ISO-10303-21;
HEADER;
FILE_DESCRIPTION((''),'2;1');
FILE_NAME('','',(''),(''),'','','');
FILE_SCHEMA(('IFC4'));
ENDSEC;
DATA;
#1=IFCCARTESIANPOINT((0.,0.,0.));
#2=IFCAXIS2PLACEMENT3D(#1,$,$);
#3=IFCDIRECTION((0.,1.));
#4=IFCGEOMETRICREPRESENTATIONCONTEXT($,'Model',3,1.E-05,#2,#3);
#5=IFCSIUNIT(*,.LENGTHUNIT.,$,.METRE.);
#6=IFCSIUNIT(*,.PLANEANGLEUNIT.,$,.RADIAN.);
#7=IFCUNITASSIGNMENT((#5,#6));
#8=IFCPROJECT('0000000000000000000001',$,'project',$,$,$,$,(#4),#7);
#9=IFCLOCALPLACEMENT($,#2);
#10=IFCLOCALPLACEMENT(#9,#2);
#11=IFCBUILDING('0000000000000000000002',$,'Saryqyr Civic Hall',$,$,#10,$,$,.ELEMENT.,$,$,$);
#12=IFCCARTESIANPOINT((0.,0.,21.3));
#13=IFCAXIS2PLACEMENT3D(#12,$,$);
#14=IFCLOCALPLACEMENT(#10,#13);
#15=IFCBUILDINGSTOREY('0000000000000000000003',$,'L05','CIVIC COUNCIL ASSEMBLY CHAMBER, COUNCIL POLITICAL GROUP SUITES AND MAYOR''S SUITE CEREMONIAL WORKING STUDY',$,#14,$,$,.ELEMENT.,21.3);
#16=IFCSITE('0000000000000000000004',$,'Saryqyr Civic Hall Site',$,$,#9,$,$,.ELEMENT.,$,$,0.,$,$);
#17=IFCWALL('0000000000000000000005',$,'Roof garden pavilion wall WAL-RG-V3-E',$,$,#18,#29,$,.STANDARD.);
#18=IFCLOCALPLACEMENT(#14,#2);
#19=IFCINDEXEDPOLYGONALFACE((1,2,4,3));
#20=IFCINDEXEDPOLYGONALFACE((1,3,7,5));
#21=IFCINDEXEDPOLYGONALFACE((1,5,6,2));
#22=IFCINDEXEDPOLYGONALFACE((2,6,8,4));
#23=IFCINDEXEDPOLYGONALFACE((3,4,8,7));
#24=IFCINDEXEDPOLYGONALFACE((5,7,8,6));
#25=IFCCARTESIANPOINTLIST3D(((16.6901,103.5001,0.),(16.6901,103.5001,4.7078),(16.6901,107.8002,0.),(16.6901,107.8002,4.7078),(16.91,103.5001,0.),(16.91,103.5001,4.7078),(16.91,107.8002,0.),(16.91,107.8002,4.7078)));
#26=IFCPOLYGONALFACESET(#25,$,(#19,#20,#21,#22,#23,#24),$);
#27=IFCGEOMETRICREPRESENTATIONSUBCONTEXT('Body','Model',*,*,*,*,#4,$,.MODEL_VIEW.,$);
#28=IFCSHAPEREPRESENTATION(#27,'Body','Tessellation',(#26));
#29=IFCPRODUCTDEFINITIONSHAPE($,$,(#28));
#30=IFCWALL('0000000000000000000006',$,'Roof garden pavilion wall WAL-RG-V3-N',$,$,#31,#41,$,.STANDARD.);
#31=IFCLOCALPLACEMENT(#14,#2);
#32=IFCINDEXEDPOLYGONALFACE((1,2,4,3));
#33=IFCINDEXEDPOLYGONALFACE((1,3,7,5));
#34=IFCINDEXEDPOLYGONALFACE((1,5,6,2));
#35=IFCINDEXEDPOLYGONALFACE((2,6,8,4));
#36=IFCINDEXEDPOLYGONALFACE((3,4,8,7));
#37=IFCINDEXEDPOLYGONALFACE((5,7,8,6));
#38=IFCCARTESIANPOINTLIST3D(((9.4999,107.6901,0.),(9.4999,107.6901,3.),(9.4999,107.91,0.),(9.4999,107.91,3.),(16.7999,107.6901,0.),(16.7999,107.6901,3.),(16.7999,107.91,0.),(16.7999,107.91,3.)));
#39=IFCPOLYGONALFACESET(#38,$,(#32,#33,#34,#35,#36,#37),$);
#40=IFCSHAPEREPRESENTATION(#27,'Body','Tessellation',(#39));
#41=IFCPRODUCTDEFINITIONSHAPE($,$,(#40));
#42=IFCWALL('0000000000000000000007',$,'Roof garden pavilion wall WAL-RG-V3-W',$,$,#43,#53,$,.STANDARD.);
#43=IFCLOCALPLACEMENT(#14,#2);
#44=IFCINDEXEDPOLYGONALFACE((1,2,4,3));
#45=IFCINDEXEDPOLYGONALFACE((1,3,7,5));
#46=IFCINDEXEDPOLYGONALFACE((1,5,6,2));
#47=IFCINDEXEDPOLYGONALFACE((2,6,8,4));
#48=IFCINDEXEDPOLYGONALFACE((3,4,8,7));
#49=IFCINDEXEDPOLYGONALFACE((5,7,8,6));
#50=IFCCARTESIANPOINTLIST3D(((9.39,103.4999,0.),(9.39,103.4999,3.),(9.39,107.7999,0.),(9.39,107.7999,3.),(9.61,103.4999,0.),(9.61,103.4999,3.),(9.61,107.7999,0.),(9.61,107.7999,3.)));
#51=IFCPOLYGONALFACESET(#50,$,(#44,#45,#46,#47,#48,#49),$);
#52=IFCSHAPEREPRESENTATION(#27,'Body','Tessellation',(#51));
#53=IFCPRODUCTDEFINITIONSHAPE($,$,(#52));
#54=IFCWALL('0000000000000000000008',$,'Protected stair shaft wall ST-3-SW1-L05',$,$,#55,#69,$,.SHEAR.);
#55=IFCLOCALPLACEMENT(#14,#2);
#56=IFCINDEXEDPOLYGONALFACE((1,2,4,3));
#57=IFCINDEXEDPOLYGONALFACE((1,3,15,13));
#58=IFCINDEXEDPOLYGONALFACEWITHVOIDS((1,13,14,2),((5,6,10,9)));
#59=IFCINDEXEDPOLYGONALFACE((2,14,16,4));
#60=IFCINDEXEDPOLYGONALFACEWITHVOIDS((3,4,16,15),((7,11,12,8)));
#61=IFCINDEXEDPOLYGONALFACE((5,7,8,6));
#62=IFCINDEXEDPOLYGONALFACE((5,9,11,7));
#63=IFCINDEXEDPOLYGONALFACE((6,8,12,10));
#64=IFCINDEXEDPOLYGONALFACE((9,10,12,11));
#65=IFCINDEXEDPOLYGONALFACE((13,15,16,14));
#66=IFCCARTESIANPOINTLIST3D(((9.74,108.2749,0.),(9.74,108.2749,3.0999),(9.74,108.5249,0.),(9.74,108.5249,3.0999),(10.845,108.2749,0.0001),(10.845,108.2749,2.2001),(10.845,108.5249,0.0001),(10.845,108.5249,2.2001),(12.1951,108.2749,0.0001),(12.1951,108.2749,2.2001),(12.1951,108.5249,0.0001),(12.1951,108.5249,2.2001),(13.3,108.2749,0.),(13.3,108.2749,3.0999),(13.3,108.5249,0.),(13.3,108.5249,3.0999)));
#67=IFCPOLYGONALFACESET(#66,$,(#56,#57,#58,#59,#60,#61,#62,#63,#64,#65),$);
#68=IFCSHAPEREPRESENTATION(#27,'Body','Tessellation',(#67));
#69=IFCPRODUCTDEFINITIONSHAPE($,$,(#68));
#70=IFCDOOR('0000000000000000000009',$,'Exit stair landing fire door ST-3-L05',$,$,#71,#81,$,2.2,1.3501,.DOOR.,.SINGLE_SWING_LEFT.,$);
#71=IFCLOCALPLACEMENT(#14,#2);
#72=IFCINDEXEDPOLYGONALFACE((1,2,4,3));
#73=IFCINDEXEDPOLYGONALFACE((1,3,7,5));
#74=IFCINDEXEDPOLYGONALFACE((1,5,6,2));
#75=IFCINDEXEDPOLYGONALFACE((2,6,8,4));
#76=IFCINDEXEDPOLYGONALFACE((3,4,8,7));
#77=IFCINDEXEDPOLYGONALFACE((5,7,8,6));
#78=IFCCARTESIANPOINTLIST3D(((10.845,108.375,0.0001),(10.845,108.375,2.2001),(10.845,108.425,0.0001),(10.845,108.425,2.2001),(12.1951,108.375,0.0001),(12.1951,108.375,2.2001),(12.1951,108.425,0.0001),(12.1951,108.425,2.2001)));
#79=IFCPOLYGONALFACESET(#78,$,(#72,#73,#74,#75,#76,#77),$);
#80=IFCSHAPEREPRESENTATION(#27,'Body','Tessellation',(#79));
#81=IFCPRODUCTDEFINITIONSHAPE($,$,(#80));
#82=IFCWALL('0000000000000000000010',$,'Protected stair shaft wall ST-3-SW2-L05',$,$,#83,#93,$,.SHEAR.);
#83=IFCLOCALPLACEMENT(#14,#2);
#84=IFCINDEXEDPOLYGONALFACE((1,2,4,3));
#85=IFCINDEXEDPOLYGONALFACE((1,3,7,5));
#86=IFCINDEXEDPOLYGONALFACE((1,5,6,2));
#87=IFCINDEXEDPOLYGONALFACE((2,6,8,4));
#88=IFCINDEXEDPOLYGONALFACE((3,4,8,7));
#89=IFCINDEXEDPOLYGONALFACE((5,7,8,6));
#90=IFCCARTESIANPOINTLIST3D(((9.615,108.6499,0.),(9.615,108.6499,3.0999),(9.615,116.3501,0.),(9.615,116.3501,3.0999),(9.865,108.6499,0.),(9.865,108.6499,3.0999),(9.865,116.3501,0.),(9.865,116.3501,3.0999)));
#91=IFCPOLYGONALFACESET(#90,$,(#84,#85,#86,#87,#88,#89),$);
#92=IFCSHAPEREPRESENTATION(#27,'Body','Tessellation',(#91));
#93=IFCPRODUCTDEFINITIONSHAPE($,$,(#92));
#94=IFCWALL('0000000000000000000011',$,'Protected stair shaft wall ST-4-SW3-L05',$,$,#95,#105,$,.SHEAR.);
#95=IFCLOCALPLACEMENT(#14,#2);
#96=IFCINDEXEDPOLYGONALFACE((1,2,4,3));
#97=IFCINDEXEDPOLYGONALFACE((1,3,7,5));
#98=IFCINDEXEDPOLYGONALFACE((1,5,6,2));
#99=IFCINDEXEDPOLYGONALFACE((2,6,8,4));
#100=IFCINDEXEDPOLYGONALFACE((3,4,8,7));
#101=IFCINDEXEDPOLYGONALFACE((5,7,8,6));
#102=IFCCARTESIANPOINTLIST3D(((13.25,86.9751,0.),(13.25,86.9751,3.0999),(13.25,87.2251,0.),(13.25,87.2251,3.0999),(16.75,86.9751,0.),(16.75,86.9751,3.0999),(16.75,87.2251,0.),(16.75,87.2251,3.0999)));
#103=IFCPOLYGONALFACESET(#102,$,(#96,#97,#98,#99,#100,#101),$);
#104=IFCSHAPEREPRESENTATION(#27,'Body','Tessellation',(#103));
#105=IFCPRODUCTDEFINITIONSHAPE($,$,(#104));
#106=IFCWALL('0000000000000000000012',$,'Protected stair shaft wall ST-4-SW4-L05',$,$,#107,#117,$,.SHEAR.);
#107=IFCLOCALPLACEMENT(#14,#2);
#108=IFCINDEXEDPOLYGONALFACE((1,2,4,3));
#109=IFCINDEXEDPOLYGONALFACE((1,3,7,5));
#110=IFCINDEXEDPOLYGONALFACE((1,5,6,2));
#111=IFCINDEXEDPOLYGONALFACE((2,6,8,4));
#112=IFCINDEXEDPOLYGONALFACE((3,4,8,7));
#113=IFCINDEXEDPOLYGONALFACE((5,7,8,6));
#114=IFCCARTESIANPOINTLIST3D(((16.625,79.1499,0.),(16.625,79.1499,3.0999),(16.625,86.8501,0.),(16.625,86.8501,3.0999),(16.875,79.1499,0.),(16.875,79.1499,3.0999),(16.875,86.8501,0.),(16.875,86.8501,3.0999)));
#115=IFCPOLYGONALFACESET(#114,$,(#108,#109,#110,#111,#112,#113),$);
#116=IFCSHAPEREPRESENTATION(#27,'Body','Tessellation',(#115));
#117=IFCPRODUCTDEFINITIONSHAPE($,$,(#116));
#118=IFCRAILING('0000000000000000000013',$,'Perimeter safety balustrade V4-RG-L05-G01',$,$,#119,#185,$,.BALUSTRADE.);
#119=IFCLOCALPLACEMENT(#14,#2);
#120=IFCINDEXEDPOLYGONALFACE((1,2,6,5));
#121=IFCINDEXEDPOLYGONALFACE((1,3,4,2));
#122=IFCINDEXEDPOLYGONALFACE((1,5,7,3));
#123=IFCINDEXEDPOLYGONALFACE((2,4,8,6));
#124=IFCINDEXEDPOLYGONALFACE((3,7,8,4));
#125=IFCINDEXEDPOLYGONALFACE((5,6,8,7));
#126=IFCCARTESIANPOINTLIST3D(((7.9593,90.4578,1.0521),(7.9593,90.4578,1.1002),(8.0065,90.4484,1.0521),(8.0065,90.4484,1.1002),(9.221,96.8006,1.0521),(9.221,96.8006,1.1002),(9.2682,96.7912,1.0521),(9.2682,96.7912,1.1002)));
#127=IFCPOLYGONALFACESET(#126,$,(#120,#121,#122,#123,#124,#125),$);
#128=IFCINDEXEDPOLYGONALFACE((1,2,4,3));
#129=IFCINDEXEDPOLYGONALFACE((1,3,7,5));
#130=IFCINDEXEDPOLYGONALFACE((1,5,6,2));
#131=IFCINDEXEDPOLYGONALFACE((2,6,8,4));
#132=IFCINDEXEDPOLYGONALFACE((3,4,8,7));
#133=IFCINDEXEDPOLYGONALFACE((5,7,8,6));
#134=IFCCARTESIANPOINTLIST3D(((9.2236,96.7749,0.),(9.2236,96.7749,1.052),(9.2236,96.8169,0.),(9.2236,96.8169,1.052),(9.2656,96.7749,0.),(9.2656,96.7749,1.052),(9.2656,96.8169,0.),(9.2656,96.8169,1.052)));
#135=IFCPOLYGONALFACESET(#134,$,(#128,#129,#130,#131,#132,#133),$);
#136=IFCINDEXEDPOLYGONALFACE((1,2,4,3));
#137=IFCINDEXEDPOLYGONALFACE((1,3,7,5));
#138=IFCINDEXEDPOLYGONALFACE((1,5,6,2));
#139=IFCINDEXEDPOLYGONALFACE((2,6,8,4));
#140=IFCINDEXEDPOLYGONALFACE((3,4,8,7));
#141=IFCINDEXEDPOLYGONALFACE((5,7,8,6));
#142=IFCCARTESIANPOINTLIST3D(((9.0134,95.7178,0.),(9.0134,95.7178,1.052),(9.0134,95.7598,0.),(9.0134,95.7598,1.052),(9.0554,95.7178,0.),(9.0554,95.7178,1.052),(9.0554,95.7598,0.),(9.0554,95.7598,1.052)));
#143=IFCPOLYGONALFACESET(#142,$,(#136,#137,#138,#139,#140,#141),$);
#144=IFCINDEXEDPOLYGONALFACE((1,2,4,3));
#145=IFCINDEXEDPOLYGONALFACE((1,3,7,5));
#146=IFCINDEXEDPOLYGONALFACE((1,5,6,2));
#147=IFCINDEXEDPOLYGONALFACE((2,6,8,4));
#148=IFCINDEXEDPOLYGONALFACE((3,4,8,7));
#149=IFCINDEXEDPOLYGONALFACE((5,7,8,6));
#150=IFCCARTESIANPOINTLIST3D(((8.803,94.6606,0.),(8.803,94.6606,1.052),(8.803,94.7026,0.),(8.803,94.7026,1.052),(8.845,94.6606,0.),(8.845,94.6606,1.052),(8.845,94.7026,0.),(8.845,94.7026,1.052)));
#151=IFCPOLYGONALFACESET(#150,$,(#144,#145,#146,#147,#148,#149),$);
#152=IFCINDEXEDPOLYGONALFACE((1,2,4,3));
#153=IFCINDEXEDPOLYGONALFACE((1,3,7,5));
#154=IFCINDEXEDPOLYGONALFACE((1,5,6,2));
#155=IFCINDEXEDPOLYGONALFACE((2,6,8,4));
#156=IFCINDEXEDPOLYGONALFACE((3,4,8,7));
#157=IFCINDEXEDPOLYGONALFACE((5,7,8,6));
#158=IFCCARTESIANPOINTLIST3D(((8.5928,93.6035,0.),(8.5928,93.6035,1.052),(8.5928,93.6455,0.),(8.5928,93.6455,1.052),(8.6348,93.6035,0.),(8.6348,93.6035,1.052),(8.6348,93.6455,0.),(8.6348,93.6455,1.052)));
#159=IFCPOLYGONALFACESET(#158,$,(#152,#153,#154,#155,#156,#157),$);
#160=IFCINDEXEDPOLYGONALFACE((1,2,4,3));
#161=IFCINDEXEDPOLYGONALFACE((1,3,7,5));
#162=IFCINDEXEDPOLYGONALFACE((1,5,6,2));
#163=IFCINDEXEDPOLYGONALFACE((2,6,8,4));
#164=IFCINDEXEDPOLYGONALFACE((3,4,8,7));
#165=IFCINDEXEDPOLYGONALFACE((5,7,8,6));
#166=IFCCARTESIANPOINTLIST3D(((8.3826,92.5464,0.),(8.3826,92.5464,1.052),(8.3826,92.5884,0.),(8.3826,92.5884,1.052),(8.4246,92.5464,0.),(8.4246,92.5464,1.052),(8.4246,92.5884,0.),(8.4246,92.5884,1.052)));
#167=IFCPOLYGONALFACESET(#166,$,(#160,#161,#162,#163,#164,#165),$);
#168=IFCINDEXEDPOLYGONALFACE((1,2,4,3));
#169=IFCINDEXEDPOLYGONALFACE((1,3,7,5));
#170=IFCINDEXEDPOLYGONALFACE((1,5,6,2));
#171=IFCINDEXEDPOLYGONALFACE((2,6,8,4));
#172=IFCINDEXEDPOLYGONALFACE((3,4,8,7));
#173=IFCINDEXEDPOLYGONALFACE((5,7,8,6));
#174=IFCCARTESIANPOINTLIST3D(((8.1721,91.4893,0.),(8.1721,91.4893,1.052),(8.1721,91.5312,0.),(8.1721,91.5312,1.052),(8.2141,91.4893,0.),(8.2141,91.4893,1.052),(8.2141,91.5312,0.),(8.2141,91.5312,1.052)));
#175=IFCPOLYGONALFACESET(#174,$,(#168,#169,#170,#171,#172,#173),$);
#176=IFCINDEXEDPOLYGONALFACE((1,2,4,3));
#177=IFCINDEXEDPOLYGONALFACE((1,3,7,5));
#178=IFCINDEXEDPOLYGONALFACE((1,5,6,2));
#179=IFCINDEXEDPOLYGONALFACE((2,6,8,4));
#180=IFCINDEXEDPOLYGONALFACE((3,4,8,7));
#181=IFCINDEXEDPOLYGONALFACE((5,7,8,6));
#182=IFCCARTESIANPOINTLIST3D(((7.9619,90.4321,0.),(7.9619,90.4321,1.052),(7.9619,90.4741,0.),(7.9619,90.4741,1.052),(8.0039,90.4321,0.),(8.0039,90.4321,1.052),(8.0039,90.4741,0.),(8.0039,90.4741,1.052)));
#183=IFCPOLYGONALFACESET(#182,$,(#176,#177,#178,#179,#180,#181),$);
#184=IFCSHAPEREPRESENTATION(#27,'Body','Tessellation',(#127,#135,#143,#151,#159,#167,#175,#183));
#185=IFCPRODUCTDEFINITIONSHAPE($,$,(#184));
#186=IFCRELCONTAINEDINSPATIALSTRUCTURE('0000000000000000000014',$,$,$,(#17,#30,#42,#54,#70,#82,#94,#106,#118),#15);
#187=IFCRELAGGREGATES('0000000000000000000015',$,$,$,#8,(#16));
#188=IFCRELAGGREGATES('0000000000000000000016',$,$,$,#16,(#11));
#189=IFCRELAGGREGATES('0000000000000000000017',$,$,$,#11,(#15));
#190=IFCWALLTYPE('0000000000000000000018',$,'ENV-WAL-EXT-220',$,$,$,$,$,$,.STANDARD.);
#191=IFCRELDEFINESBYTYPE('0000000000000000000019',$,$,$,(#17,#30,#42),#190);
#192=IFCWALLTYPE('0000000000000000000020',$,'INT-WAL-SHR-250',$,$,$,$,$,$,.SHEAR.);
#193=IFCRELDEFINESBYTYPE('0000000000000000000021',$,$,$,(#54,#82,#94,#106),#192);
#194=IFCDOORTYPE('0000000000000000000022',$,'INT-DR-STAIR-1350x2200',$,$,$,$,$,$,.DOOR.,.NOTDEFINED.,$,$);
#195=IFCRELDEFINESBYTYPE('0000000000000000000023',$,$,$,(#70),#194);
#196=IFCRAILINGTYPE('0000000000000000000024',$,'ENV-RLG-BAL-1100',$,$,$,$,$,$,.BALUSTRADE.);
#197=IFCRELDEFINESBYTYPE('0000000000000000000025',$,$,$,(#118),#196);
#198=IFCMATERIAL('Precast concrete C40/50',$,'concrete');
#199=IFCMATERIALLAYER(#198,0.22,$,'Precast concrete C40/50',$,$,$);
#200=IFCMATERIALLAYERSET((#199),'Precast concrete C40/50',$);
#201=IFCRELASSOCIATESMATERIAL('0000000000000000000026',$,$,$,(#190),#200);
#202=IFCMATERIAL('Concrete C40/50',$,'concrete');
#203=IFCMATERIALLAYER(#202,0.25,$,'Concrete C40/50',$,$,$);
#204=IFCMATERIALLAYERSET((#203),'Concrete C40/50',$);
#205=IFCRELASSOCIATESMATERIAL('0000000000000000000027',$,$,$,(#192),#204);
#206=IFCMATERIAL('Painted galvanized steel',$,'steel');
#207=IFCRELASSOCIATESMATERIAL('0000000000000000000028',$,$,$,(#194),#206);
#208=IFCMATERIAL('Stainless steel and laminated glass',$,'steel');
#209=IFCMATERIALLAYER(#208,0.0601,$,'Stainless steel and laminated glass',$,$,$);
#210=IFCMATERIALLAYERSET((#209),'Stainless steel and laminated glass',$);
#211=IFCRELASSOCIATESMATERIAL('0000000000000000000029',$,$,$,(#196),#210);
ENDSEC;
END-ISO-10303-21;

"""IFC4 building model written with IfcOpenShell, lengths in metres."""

from ifc_helpers import new_model, si_unit, direction, frame, frame_2d, origin, origin_2d, place, context, subcontext, project, spatial, rectangle, extrude, material, layer, layer_set, type_object, element, fill, save


model = new_model("IFC4")

# Units and contexts
model_context = context("Model", 3, precision=1e-05, world=origin(), true_north=direction((0.0, 1.0)))
body_context = subcontext(model_context, "Body", "Model", "MODEL_VIEW")
ifc_project = project(units=[si_unit("LENGTHUNIT", "METRE"), si_unit("PLANEANGLEUNIT", "RADIAN")], contexts=[model_context])

# Site, building, storey
site_placement = place(None, origin())
site = spatial("IfcSite", under=ifc_project, at=site_placement, Name="Saryqyr Civic Hall Site", CompositionType="ELEMENT", RefElevation=0.0)
building_placement = place(site_placement, origin())
building = spatial("IfcBuilding", under=site, at=building_placement, Name="Saryqyr Civic Hall", CompositionType="ELEMENT")
storey_placement = place(building_placement, frame((0.0, 0.0, 21.3)))
storey = spatial("IfcBuildingStorey", under=building, at=storey_placement, Name="L05", Description="CIVIC COUNCIL ASSEMBLY CHAMBER, COUNCIL POLITICAL GROUP SUITES AND MAYOR'S SUITE CEREMONIAL WORKING STUDY", CompositionType="ELEMENT", Elevation=21.3)

# Shared definitions
ifc_material_1 = material(Name="Concrete C40/50", Category="concrete")

# Shared definitions
ifc_material_2 = material(Name="Precast concrete C40/50", Category="concrete")

# Shared definitions
ifc_layer_1 = layer(ifc_material_2, 0.22, Name="Precast concrete C40/50")
ifc_layer_set_1 = layer_set([ifc_layer_1], Name="Precast concrete C40/50")
wall_type_1 = type_object("IfcWallType", Name="ENV-WAL-EXT-220", PredefinedType="STANDARD", material=ifc_layer_set_1)

# Walls
wall_1_placement = place(storey_placement, frame((16.8, 107.8, 0.0), z_axis=(0.0, 0.0, 1.0), x_axis=(0.0, -1.0, 0.0)))
element("IfcWall", 1, at=wall_1_placement, inside=storey, type_object=wall_type_1, Name="Roof garden pavilion wall WAL-RG-V3-E", PredefinedType="STANDARD", context=body_context, shape_type="SweptSolid", body=[
    extrude(rectangle(XDim=4.3, YDim=0.22, at=frame_2d((2.1499, 0.0))), origin(), (0.0, 0.0, 1.0), 4.7078),
])
wall_2_placement = place(storey_placement, frame((9.5, 107.8, 0.0), z_axis=(0.0, 0.0, 1.0), x_axis=(1.0, 0.0, 0.0)))
element("IfcWall", 2, at=wall_2_placement, inside=storey, type_object=wall_type_1, Name="Roof garden pavilion wall WAL-RG-V3-N", PredefinedType="STANDARD", context=body_context, shape_type="SweptSolid", body=[
    extrude(rectangle(XDim=7.3, YDim=0.22, at=frame_2d((3.6499, 0.0))), origin(), (0.0, 0.0, 1.0), 3.0),
])
wall_3_placement = place(storey_placement, frame((9.5, 103.5, 0.0), z_axis=(0.0, 0.0, 1.0), x_axis=(0.0, 1.0, 0.0)))
element("IfcWall", 3, at=wall_3_placement, inside=storey, type_object=wall_type_1, Name="Roof garden pavilion wall WAL-RG-V3-W", PredefinedType="STANDARD", context=body_context, shape_type="SweptSolid", body=[
    extrude(rectangle(XDim=4.3, YDim=0.22, at=frame_2d((2.1499, 0.0))), origin(), (0.0, 0.0, 1.0), 3.0),
])

# Wall, opening, door
ifc_layer_2 = layer(ifc_material_1, 0.25, Name="Concrete C40/50")
ifc_layer_set_2 = layer_set([ifc_layer_2], Name="Concrete C40/50")
wall_type_2 = type_object("IfcWallType", Name="INT-WAL-SHR-250", PredefinedType="SHEAR", material=ifc_layer_set_2)
wall_4_placement = place(storey_placement, frame((13.3, 108.3999, 0.0), z_axis=(0.0, 0.0, 1.0), x_axis=(-1.0, 0.0, 0.0)))
wall_4 = element("IfcWall", 4, at=wall_4_placement, inside=storey, type_object=wall_type_2, Name="Protected stair shaft wall ST-3-SW1-L05", PredefinedType="SHEAR", context=body_context, shape_type="SweptSolid", body=[
    extrude(rectangle(XDim=3.5601, YDim=0.25, at=frame_2d((1.78, 0.0))), origin(), (0.0, 0.0, 1.0), 3.0999),
])
opening_1_placement = place(wall_4_placement, frame((1.105, 0.0, 0.0)))
opening_1 = element("IfcOpeningElement", 5, at=opening_1_placement, cuts=wall_4, PredefinedType="OPENING", context=body_context, shape_type="SweptSolid", body=[
    extrude(rectangle(XDim=1.3501, YDim=2.2, at=frame_2d((0.675, 1.1001))), frame((0.0, 0.135, 0.0), z_axis=(0.0, -1.0, 0.0), x_axis=(1.0, 0.0, 0.0)), (0.0, 0.0, 1.0), 0.27),
])
ifc_material_3 = material(Name="Painted galvanized steel", Category="steel")
door_type_1 = type_object("IfcDoorType", Name="INT-DR-STAIR-1350x2200", OperationType="NOTDEFINED", PredefinedType="DOOR", material=ifc_material_3)
door_1_placement = place(opening_1_placement, origin())
door_1 = element("IfcDoor", 6, at=door_1_placement, inside=storey, type_object=door_type_1, Name="Exit stair landing fire door ST-3-L05", OperationType="SINGLE_SWING_LEFT", OverallHeight=2.2, OverallWidth=1.3501, PredefinedType="DOOR", context=body_context, shape_type="SweptSolid", body=[
    extrude(rectangle(XDim=1.3501, YDim=2.2, at=frame_2d((0.675, 1.1001))), frame((0.0, 0.0249, 0.0), z_axis=(0.0, -1.0, 0.0), x_axis=(1.0, 0.0, 0.0)), (0.0, 0.0, 1.0), 0.05),
])
fill(opening_1, door_1)

# Walls
wall_5_placement = place(storey_placement, frame((9.74, 108.6499, 0.0), z_axis=(0.0, 0.0, 1.0), x_axis=(0.0, 1.0, 0.0)))
element("IfcWall", 7, at=wall_5_placement, inside=storey, type_object=wall_type_2, Name="Protected stair shaft wall ST-3-SW2-L05", PredefinedType="SHEAR", context=body_context, shape_type="SweptSolid", body=[
    extrude(rectangle(XDim=7.7002, YDim=0.25, at=frame_2d((3.8501, 0.0))), origin(), (0.0, 0.0, 1.0), 3.0999),
])
wall_6_placement = place(storey_placement, frame((13.25, 87.1001, 0.0), z_axis=(0.0, 0.0, 1.0), x_axis=(1.0, 0.0, 0.0)))
element("IfcWall", 8, at=wall_6_placement, inside=storey, type_object=wall_type_2, Name="Protected stair shaft wall ST-4-SW3-L05", PredefinedType="SHEAR", context=body_context, shape_type="SweptSolid", body=[
    extrude(rectangle(XDim=3.5, YDim=0.25, at=frame_2d((1.75, 0.0))), origin(), (0.0, 0.0, 1.0), 3.0999),
])
wall_7_placement = place(storey_placement, frame((16.75, 86.8501, 0.0), z_axis=(0.0, 0.0, 1.0), x_axis=(0.0, -1.0, 0.0)))
element("IfcWall", 9, at=wall_7_placement, inside=storey, type_object=wall_type_2, Name="Protected stair shaft wall ST-4-SW4-L05", PredefinedType="SHEAR", context=body_context, shape_type="SweptSolid", body=[
    extrude(rectangle(XDim=7.7002, YDim=0.25, at=frame_2d((3.8501, 0.0))), origin(), (0.0, 0.0, 1.0), 3.0999),
])

# Railing
ifc_material_4 = material(Name="Stainless steel and laminated glass", Category="steel")
ifc_layer_3 = layer(ifc_material_4, 0.0601, Name="Stainless steel and laminated glass")
ifc_layer_set_3 = layer_set([ifc_layer_3], Name="Stainless steel and laminated glass")
railing_type_1 = type_object("IfcRailingType", Name="ENV-RLG-BAL-1100", PredefinedType="BALUSTRADE", material=ifc_layer_set_3)
railing_1_placement = place(storey_placement, frame((9.2446, 96.7959, 0.0)))
element("IfcRailing", 10, at=railing_1_placement, inside=storey, type_object=railing_type_1, Name="Perimeter safety balustrade V4-RG-L05-G01", PredefinedType="BALUSTRADE", context=body_context, shape_type="SweptSolid", body=[
    extrude(rectangle(XDim=0.0481, YDim=0.0481, at=origin_2d()), frame((0.0, 0.0, 1.0762), z_axis=(-0.1951, -0.980783, 0.0), x_axis=(0.980783, -0.1951, 0.0)), (0.0, 0.0, 1.0), 6.467),
    extrude(rectangle(XDim=0.042, YDim=0.042, at=origin_2d()), origin(), (0.0, 0.0, 1.0), 1.052),
    extrude(rectangle(XDim=0.042, YDim=0.042, at=origin_2d()), frame((-0.2102, -1.0571, 0.0)), (0.0, 0.0, 1.0), 1.052),
    extrude(rectangle(XDim=0.042, YDim=0.042, at=origin_2d()), frame((-0.4207, -2.1143, 0.0)), (0.0, 0.0, 1.0), 1.052),
    extrude(rectangle(XDim=0.042, YDim=0.042, at=origin_2d()), frame((-0.6309, -3.1714, 0.0)), (0.0, 0.0, 1.0), 1.052),
    extrude(rectangle(XDim=0.042, YDim=0.042, at=origin_2d()), frame((-0.8411, -4.2285, 0.0)), (0.0, 0.0, 1.0), 1.052),
    extrude(rectangle(XDim=0.042, YDim=0.042, at=origin_2d()), frame((-1.0515, -5.2856, 0.0)), (0.0, 0.0, 1.0), 1.052),
    extrude(rectangle(XDim=0.042, YDim=0.042, at=origin_2d()), frame((-1.2617, -6.3428, 0.0)), (0.0, 0.0, 1.0), 1.052),
])

save(model, "model.ifc")
